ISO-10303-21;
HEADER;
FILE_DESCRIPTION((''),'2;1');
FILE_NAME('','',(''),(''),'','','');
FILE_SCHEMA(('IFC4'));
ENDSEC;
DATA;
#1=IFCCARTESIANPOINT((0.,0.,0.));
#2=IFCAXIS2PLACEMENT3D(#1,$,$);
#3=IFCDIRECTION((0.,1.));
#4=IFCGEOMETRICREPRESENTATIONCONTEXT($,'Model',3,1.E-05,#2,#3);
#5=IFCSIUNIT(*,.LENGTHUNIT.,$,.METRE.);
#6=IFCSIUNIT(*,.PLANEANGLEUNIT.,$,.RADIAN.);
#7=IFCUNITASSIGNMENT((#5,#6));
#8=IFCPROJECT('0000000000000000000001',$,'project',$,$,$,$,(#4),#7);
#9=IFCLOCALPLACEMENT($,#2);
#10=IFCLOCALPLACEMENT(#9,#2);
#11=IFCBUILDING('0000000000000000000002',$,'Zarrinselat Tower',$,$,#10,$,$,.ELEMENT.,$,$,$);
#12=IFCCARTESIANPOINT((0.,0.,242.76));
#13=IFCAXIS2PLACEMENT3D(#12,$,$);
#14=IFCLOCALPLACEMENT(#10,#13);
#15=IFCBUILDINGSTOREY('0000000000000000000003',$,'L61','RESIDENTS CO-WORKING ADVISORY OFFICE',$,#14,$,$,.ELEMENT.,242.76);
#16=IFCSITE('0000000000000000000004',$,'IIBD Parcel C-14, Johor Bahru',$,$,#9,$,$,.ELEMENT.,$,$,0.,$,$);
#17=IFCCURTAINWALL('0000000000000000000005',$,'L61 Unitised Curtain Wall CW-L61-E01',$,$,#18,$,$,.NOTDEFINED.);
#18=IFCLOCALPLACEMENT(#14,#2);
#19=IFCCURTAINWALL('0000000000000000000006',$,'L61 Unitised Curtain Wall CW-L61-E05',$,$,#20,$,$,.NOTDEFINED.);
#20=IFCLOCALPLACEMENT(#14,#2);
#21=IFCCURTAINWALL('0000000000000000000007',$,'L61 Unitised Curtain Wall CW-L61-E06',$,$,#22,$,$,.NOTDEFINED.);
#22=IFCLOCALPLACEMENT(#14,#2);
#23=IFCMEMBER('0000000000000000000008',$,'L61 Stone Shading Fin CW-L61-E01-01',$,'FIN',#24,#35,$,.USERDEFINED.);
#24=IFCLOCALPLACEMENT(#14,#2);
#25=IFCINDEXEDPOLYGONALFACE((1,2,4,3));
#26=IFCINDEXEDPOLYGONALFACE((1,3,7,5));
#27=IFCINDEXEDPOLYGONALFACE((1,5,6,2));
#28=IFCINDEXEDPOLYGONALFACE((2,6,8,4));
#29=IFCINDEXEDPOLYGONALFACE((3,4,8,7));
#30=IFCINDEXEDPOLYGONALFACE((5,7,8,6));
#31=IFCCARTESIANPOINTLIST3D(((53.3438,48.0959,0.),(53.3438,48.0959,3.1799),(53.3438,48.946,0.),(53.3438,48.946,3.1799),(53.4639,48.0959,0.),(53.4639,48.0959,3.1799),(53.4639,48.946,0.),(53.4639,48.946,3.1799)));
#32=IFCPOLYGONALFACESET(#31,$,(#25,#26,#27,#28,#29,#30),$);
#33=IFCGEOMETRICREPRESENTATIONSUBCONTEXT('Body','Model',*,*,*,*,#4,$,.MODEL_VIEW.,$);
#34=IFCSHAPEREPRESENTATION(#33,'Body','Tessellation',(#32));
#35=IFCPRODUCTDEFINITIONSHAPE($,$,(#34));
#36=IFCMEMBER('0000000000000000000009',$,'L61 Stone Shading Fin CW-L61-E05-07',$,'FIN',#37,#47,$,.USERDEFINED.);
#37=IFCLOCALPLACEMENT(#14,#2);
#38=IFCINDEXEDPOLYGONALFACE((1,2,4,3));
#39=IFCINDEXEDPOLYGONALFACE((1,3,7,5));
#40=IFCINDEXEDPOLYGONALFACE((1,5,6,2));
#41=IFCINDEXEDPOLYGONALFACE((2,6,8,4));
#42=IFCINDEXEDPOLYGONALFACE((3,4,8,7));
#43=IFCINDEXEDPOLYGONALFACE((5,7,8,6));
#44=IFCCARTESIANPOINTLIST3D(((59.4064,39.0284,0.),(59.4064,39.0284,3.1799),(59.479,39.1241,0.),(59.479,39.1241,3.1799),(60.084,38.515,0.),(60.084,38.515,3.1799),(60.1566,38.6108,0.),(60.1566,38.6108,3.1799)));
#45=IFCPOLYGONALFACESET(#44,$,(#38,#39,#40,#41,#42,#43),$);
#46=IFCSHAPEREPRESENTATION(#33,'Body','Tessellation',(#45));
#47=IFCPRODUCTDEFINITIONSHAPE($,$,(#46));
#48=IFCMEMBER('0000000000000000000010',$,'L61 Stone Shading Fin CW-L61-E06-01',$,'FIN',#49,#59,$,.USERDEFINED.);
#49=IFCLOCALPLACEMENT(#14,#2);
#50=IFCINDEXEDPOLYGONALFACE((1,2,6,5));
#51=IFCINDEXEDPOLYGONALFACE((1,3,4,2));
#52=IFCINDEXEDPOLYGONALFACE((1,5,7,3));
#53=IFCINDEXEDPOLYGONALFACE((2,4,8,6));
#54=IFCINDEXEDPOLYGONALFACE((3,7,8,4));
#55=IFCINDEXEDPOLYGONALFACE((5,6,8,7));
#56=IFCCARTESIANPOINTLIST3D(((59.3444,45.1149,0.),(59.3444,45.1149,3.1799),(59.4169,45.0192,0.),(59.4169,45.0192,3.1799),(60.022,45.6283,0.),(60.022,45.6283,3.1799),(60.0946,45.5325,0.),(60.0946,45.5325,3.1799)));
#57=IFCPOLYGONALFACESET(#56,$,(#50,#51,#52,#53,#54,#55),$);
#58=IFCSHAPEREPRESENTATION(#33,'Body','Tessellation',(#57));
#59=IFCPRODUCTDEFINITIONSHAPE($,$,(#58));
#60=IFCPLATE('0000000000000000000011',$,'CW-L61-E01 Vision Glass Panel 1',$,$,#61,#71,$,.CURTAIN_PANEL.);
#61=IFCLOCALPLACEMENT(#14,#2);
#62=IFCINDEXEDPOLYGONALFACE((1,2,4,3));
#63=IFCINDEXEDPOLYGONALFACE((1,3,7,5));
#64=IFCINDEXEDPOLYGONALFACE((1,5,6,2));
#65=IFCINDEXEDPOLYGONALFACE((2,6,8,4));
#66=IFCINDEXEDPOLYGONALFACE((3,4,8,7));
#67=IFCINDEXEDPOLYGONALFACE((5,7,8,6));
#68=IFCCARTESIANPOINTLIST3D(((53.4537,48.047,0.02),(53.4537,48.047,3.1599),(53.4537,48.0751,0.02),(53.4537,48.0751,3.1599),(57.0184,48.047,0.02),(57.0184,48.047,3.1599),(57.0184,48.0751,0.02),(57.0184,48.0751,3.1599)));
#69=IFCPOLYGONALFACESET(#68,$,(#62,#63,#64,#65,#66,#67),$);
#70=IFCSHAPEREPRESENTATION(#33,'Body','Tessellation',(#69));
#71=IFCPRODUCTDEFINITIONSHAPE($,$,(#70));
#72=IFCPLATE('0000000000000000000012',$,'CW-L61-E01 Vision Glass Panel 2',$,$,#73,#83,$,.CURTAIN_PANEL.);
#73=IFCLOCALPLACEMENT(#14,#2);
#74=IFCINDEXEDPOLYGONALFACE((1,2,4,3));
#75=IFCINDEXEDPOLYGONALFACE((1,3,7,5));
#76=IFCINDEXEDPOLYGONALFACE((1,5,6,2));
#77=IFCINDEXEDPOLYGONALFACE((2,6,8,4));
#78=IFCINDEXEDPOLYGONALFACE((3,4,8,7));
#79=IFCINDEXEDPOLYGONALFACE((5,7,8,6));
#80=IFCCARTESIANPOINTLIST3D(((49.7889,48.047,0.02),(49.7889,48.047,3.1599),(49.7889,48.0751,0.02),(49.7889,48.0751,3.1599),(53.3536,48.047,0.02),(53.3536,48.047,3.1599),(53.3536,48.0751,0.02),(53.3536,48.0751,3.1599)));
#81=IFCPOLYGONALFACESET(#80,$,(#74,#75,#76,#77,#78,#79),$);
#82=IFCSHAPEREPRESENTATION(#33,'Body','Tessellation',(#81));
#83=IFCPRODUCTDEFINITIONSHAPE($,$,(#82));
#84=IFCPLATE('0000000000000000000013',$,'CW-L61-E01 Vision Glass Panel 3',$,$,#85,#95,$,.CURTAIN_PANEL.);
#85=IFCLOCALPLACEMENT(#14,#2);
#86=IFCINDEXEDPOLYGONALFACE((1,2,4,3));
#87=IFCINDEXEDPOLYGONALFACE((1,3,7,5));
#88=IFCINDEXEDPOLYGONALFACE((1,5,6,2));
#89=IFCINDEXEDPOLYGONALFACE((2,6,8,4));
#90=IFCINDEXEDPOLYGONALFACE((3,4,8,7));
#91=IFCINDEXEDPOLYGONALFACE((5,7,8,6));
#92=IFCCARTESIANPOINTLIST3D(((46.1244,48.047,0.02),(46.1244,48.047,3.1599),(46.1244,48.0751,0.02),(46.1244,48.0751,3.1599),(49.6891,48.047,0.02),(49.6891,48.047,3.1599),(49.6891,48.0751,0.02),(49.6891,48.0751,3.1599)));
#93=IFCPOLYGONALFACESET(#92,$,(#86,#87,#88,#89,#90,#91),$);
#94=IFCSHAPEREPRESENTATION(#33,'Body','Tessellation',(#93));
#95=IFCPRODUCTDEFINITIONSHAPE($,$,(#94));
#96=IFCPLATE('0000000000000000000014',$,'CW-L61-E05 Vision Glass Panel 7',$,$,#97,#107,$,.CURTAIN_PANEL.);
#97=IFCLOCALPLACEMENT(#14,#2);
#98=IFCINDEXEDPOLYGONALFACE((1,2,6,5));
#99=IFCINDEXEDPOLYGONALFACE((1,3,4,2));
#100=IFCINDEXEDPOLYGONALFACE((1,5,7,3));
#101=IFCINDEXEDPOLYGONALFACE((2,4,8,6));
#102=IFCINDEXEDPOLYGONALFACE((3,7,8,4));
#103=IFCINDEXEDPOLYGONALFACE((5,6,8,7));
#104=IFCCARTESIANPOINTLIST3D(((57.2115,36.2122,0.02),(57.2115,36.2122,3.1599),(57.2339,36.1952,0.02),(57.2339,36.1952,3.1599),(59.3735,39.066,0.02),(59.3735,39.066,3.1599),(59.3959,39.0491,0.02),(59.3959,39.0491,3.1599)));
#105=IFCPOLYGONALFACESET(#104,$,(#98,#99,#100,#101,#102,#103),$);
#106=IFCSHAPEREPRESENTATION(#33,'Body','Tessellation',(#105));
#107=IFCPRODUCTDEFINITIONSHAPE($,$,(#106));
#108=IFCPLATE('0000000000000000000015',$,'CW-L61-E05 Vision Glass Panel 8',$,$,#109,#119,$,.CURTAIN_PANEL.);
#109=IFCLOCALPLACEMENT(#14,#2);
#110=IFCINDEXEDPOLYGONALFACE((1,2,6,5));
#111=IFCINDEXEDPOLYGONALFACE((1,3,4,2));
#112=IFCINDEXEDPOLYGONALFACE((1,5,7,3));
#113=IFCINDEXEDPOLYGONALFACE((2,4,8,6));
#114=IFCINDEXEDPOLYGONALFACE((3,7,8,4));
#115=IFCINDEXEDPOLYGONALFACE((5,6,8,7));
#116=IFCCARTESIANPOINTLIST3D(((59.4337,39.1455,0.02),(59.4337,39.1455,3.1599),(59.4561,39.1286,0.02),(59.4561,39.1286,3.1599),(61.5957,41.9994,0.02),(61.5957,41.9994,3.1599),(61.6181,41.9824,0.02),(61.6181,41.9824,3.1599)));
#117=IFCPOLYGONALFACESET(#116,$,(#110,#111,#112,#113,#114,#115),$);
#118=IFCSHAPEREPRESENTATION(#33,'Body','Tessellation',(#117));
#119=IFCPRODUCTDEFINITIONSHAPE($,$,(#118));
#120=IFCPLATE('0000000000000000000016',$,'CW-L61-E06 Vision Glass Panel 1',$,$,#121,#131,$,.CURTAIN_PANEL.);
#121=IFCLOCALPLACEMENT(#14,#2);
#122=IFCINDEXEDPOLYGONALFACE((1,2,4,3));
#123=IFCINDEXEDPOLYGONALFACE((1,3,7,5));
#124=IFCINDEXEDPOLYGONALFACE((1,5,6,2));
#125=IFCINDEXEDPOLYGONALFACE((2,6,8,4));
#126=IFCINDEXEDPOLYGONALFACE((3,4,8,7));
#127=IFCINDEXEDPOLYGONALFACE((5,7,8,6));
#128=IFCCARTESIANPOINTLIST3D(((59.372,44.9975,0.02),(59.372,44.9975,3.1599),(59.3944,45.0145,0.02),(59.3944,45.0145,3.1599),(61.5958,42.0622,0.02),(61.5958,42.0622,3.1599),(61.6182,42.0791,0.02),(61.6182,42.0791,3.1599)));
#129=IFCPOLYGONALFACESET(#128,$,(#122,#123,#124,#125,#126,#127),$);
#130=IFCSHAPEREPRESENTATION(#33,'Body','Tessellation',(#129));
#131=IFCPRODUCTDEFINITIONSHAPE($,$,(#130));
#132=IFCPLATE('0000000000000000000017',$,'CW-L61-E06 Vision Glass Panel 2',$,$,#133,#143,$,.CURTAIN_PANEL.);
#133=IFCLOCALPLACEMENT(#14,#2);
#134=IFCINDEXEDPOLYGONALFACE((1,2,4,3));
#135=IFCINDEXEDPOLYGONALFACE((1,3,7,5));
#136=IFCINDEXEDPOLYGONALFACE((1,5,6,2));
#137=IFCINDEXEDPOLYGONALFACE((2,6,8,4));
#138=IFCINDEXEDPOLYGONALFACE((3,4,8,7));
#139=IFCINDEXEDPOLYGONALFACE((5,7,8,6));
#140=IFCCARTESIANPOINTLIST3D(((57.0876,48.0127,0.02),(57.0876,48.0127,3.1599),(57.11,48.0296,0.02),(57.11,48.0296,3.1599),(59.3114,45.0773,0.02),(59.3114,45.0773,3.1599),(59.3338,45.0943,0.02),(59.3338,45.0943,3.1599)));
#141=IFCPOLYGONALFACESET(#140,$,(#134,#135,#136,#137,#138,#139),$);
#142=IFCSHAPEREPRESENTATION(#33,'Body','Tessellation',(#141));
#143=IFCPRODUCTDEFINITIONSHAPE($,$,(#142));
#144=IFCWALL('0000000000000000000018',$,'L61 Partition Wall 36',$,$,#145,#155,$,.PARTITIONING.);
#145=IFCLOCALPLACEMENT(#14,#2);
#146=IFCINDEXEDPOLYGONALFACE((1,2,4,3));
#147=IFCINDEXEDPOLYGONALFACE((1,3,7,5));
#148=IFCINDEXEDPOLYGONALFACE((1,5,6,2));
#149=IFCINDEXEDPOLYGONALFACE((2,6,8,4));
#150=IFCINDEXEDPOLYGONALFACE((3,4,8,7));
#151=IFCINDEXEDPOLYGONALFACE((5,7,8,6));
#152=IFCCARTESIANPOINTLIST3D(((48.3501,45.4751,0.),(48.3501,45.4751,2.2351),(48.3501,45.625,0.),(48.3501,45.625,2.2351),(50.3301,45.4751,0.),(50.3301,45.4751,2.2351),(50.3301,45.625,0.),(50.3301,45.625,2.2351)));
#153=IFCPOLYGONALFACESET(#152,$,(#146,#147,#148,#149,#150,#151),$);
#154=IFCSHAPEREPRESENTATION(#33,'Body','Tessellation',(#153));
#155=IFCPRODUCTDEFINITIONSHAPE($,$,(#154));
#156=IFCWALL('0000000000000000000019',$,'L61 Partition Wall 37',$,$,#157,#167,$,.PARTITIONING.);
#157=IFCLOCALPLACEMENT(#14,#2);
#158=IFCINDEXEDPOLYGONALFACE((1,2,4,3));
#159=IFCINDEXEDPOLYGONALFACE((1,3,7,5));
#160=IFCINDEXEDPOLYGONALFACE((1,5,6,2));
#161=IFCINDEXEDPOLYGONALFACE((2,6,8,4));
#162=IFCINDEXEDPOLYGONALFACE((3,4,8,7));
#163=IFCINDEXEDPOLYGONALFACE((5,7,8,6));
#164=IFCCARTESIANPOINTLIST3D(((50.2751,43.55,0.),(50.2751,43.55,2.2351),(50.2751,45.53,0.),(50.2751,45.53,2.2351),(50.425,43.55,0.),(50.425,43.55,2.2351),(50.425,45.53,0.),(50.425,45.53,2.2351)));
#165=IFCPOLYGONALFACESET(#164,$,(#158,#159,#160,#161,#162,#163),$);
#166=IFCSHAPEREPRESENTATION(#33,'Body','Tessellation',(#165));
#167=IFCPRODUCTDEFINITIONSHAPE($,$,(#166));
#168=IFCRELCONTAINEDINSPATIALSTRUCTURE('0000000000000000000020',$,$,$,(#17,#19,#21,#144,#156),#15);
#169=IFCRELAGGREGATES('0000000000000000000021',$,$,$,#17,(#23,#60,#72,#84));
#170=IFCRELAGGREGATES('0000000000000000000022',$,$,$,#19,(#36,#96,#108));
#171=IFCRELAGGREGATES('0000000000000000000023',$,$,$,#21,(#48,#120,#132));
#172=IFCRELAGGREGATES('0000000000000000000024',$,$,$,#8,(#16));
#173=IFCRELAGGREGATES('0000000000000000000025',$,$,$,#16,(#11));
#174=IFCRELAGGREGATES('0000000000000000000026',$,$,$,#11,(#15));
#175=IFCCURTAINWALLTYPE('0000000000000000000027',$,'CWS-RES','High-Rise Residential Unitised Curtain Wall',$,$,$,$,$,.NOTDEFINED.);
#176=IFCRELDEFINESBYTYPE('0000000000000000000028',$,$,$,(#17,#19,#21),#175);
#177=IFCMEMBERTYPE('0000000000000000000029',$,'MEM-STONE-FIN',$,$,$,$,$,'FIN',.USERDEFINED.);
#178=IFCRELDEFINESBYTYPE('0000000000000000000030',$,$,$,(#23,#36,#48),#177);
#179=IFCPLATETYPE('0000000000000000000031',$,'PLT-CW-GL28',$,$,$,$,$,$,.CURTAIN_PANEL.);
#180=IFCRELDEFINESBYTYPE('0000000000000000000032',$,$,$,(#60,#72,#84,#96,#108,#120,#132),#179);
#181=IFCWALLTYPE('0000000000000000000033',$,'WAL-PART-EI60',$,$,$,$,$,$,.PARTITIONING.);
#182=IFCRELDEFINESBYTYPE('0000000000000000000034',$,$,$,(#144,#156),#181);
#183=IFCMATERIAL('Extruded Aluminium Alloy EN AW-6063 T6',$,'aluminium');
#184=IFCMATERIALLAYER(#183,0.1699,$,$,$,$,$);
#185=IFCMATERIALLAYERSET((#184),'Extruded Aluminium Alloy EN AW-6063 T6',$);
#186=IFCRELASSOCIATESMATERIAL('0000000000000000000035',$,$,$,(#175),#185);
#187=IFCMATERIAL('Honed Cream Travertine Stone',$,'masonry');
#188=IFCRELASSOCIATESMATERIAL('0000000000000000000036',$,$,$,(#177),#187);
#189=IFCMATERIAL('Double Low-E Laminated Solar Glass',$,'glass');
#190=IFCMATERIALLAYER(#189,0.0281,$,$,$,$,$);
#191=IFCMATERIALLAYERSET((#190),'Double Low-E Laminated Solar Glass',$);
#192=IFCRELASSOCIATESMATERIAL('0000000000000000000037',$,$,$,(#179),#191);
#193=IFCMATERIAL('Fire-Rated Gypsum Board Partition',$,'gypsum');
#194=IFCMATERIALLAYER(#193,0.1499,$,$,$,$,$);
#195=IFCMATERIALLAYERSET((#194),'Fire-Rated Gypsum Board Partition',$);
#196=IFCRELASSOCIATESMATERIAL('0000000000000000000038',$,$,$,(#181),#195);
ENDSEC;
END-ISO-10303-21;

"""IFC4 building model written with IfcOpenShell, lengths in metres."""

from ifc_helpers import new_model, si_unit, direction, frame, frame_2d, origin, origin_2d, place, context, subcontext, project, spatial, rectangle, extrude, material, layer, layer_set, material_profile, profile_set, type_object, element, aggregate, save


model = new_model("IFC4")

# Units and contexts
model_context = context("Model", 3, precision=1e-05, world=origin(), true_north=direction((0.0, 1.0)))
body_context = subcontext(model_context, "Body", "Model", "MODEL_VIEW")
ifc_project = project(units=[si_unit("LENGTHUNIT", "METRE"), si_unit("PLANEANGLEUNIT", "RADIAN")], contexts=[model_context])

# Site, building, storey
site_placement = place(None, origin())
site = spatial("IfcSite", under=ifc_project, at=site_placement, Name="IIBD Parcel C-14, Johor Bahru", CompositionType="ELEMENT", RefElevation=0.0)
building_placement = place(site_placement, origin())
building = spatial("IfcBuilding", under=site, at=building_placement, Name="Zarrinselat Tower", CompositionType="ELEMENT")
storey_placement = place(building_placement, frame((0.0, 0.0, 242.76)))
storey = spatial("IfcBuildingStorey", under=building, at=storey_placement, Name="L61", Description="RESIDENTS CO-WORKING ADVISORY OFFICE", CompositionType="ELEMENT", Elevation=242.76)

# Curtain walls
ifc_material_1 = material(Name="Extruded Aluminium Alloy EN AW-6063 T6", Category="aluminium")
ifc_layer_1 = layer(ifc_material_1, 0.1699)
ifc_layer_set_1 = layer_set([ifc_layer_1], Name="Extruded Aluminium Alloy EN AW-6063 T6")
curtain_wall_type = type_object("IfcCurtainWallType", Name="CWS-RES", Description="High-Rise Residential Unitised Curtain Wall", PredefinedType="NOTDEFINED", material=ifc_layer_set_1)
curtain_wall_1_placement = place(storey_placement, origin())
curtain_wall_1 = element("IfcCurtainWall", 1, at=curtain_wall_1_placement, inside=storey, type_object=curtain_wall_type, Name="L61 Unitised Curtain Wall CW-L61-E01", PredefinedType="NOTDEFINED")
curtain_wall_2_placement = place(storey_placement, origin())
curtain_wall_2 = element("IfcCurtainWall", 2, at=curtain_wall_2_placement, inside=storey, type_object=curtain_wall_type, Name="L61 Unitised Curtain Wall CW-L61-E05", PredefinedType="NOTDEFINED")

# Curtain wall
curtain_wall_3_placement = place(storey_placement, origin())
curtain_wall_3 = element("IfcCurtainWall", 3, at=curtain_wall_3_placement, inside=storey, type_object=curtain_wall_type, Name="L61 Unitised Curtain Wall CW-L61-E06", PredefinedType="NOTDEFINED")

# Members
ifc_material_2 = material(Name="Honed Cream Travertine Stone", Category="masonry")
ifc_material_profile_1 = material_profile(ifc_material_2, rectangle(XDim=0.1201, YDim=0.8501, at=origin_2d()), Name="FIN 850x120")
ifc_profile_set_1 = profile_set([ifc_material_profile_1], Name="Honed Cream Travertine Stone")
member_type_1 = type_object("IfcMemberType", Name="MEM-STONE-FIN", ElementType="FIN", PredefinedType="USERDEFINED", material=ifc_profile_set_1)
member_1_placement = place(storey_placement, frame((53.4038, 48.521, 0.0), z_axis=(0.0, 0.0, 1.0), x_axis=(1.0, 0.0, 0.0)))
member_1 = element("IfcMember", 4, at=member_1_placement, type_object=member_type_1, Name="L61 Stone Shading Fin CW-L61-E01-01", ObjectType="FIN", PredefinedType="USERDEFINED", context=body_context, shape_type="SweptSolid", body=[
    extrude(rectangle(XDim=0.1201, YDim=0.8501, at=origin_2d()), origin(), (0.0, 0.0, 1.0), 3.1799),
])
member_2_placement = place(storey_placement, frame((59.7815, 38.8196, 0.0), z_axis=(0.0, 0.0, 1.0), x_axis=(-0.603858, -0.797092, 0.0)))
member_2 = element("IfcMember", 5, at=member_2_placement, type_object=member_type_1, Name="L61 Stone Shading Fin CW-L61-E05-07", ObjectType="FIN", PredefinedType="USERDEFINED", context=body_context, shape_type="SweptSolid", body=[
    extrude(rectangle(XDim=0.1201, YDim=0.8501, at=origin_2d()), origin(), (0.0, 0.0, 1.0), 3.1799),
])
member_3_placement = place(storey_placement, frame((59.7195, 45.3237, 0.0), z_axis=(0.0, 0.0, 1.0), x_axis=(0.603865, -0.797086, 0.0)))
member_3 = element("IfcMember", 6, at=member_3_placement, type_object=member_type_1, Name="L61 Stone Shading Fin CW-L61-E06-01", ObjectType="FIN", PredefinedType="USERDEFINED", context=body_context, shape_type="SweptSolid", body=[
    extrude(rectangle(XDim=0.1201, YDim=0.8501, at=origin_2d()), origin(), (0.0, 0.0, 1.0), 3.1799),
])

# Plates
ifc_material_3 = material(Name="Double Low-E Laminated Solar Glass", Category="glass")
ifc_layer_2 = layer(ifc_material_3, 0.0281)
ifc_layer_set_2 = layer_set([ifc_layer_2], Name="Double Low-E Laminated Solar Glass")
plate_type = type_object("IfcPlateType", Name="PLT-CW-GL28", PredefinedType="CURTAIN_PANEL", material=ifc_layer_set_2)
plate_1_placement = place(storey_placement, frame((55.2361, 48.061, 0.02), z_axis=(0.0, 0.0, 1.0), x_axis=(-1.0, 0.0, 0.0)))
plate_1 = element("IfcPlate", 7, at=plate_1_placement, type_object=plate_type, Name="CW-L61-E01 Vision Glass Panel 1", PredefinedType="CURTAIN_PANEL", context=body_context, shape_type="SweptSolid", body=[
    extrude(rectangle(XDim=3.5647, YDim=0.0281, at=origin_2d()), origin(), (0.0, 0.0, 1.0), 3.1399),
])
plate_2_placement = place(storey_placement, frame((51.5713, 48.061, 0.02), z_axis=(0.0, 0.0, 1.0), x_axis=(-1.0, 0.0, 0.0)))
plate_2 = element("IfcPlate", 8, at=plate_2_placement, type_object=plate_type, Name="CW-L61-E01 Vision Glass Panel 2", PredefinedType="CURTAIN_PANEL", context=body_context, shape_type="SweptSolid", body=[
    extrude(rectangle(XDim=3.5647, YDim=0.0281, at=origin_2d()), origin(), (0.0, 0.0, 1.0), 3.1399),
])
plate_3_placement = place(storey_placement, frame((47.9067, 48.061, 0.02), z_axis=(0.0, 0.0, 1.0), x_axis=(-1.0, 0.0, 0.0)))
plate_3 = element("IfcPlate", 9, at=plate_3_placement, type_object=plate_type, Name="CW-L61-E01 Vision Glass Panel 3", PredefinedType="CURTAIN_PANEL", context=body_context, shape_type="SweptSolid", body=[
    extrude(rectangle(XDim=3.5647, YDim=0.0281, at=origin_2d()), origin(), (0.0, 0.0, 1.0), 3.1399),
])
aggregate(curtain_wall_1, [member_1, plate_1, plate_2, plate_3])
plate_4_placement = place(storey_placement, frame((58.3037, 37.6306, 0.02), z_axis=(0.0, 0.0, 1.0), x_axis=(0.603858, 0.797092, 0.0)))
plate_4 = element("IfcPlate", 10, at=plate_4_placement, type_object=plate_type, Name="CW-L61-E05 Vision Glass Panel 7", PredefinedType="CURTAIN_PANEL", context=body_context, shape_type="SweptSolid", body=[
    extrude(rectangle(XDim=3.5803, YDim=0.0281, at=origin_2d()), origin(), (0.0, 0.0, 1.0), 3.1399),
])
plate_5_placement = place(storey_placement, frame((60.5259, 40.564, 0.02), z_axis=(0.0, 0.0, 1.0), x_axis=(0.603858, 0.797092, 0.0)))
plate_5 = element("IfcPlate", 11, at=plate_5_placement, type_object=plate_type, Name="CW-L61-E05 Vision Glass Panel 8", PredefinedType="CURTAIN_PANEL", context=body_context, shape_type="SweptSolid", body=[
    extrude(rectangle(XDim=3.5803, YDim=0.0281, at=origin_2d()), origin(), (0.0, 0.0, 1.0), 3.1399),
])
aggregate(curtain_wall_2, [member_2, plate_4, plate_5])
plate_6_placement = place(storey_placement, frame((60.4951, 43.5383, 0.02), z_axis=(0.0, 0.0, 1.0), x_axis=(-0.603865, 0.797086, 0.0)))
plate_6 = element("IfcPlate", 12, at=plate_6_placement, type_object=plate_type, Name="CW-L61-E06 Vision Glass Panel 1", PredefinedType="CURTAIN_PANEL", context=body_context, shape_type="SweptSolid", body=[
    extrude(rectangle(XDim=3.6826, YDim=0.0281, at=origin_2d()), origin(), (0.0, 0.0, 1.0), 3.1399),
])
plate_7_placement = place(storey_placement, frame((58.2107, 46.5535, 0.02), z_axis=(0.0, 0.0, 1.0), x_axis=(-0.603865, 0.797086, 0.0)))
plate_7 = element("IfcPlate", 13, at=plate_7_placement, type_object=plate_type, Name="CW-L61-E06 Vision Glass Panel 2", PredefinedType="CURTAIN_PANEL", context=body_context, shape_type="SweptSolid", body=[
    extrude(rectangle(XDim=3.6826, YDim=0.0281, at=origin_2d()), origin(), (0.0, 0.0, 1.0), 3.1399),
])
aggregate(curtain_wall_3, [member_3, plate_6, plate_7])

# Walls
ifc_material_4 = material(Name="Fire-Rated Gypsum Board Partition", Category="gypsum")
ifc_layer_3 = layer(ifc_material_4, 0.1499)
ifc_layer_set_3 = layer_set([ifc_layer_3], Name="Fire-Rated Gypsum Board Partition")
wall_type = type_object("IfcWallType", Name="WAL-PART-EI60", PredefinedType="PARTITIONING", material=ifc_layer_set_3)
for number, where, z_axis, x_axis, name in (
    (14, (48.3501, 45.55, 0.0), (0.0, 0.0, 1.0), (1.0, 0.0, 0.0), "L61 Partition Wall 36"),
    (15, (50.3501, 43.55, 0.0), (0.0, 0.0, 1.0), (0.0, 1.0, 0.0), "L61 Partition Wall 37"),
):
    element("IfcWall", number, at=place(storey_placement, frame(where, z_axis=z_axis, x_axis=x_axis)), inside=storey, type_object=wall_type, Name=name, PredefinedType="PARTITIONING", context=body_context, shape_type="SweptSolid", body=[
        extrude(rectangle(XDim=1.98, YDim=0.1499, at=frame_2d((0.99, 0.0))), origin(), (0.0, 0.0, 1.0), 2.2351),
    ])

save(model, "model.ifc")
